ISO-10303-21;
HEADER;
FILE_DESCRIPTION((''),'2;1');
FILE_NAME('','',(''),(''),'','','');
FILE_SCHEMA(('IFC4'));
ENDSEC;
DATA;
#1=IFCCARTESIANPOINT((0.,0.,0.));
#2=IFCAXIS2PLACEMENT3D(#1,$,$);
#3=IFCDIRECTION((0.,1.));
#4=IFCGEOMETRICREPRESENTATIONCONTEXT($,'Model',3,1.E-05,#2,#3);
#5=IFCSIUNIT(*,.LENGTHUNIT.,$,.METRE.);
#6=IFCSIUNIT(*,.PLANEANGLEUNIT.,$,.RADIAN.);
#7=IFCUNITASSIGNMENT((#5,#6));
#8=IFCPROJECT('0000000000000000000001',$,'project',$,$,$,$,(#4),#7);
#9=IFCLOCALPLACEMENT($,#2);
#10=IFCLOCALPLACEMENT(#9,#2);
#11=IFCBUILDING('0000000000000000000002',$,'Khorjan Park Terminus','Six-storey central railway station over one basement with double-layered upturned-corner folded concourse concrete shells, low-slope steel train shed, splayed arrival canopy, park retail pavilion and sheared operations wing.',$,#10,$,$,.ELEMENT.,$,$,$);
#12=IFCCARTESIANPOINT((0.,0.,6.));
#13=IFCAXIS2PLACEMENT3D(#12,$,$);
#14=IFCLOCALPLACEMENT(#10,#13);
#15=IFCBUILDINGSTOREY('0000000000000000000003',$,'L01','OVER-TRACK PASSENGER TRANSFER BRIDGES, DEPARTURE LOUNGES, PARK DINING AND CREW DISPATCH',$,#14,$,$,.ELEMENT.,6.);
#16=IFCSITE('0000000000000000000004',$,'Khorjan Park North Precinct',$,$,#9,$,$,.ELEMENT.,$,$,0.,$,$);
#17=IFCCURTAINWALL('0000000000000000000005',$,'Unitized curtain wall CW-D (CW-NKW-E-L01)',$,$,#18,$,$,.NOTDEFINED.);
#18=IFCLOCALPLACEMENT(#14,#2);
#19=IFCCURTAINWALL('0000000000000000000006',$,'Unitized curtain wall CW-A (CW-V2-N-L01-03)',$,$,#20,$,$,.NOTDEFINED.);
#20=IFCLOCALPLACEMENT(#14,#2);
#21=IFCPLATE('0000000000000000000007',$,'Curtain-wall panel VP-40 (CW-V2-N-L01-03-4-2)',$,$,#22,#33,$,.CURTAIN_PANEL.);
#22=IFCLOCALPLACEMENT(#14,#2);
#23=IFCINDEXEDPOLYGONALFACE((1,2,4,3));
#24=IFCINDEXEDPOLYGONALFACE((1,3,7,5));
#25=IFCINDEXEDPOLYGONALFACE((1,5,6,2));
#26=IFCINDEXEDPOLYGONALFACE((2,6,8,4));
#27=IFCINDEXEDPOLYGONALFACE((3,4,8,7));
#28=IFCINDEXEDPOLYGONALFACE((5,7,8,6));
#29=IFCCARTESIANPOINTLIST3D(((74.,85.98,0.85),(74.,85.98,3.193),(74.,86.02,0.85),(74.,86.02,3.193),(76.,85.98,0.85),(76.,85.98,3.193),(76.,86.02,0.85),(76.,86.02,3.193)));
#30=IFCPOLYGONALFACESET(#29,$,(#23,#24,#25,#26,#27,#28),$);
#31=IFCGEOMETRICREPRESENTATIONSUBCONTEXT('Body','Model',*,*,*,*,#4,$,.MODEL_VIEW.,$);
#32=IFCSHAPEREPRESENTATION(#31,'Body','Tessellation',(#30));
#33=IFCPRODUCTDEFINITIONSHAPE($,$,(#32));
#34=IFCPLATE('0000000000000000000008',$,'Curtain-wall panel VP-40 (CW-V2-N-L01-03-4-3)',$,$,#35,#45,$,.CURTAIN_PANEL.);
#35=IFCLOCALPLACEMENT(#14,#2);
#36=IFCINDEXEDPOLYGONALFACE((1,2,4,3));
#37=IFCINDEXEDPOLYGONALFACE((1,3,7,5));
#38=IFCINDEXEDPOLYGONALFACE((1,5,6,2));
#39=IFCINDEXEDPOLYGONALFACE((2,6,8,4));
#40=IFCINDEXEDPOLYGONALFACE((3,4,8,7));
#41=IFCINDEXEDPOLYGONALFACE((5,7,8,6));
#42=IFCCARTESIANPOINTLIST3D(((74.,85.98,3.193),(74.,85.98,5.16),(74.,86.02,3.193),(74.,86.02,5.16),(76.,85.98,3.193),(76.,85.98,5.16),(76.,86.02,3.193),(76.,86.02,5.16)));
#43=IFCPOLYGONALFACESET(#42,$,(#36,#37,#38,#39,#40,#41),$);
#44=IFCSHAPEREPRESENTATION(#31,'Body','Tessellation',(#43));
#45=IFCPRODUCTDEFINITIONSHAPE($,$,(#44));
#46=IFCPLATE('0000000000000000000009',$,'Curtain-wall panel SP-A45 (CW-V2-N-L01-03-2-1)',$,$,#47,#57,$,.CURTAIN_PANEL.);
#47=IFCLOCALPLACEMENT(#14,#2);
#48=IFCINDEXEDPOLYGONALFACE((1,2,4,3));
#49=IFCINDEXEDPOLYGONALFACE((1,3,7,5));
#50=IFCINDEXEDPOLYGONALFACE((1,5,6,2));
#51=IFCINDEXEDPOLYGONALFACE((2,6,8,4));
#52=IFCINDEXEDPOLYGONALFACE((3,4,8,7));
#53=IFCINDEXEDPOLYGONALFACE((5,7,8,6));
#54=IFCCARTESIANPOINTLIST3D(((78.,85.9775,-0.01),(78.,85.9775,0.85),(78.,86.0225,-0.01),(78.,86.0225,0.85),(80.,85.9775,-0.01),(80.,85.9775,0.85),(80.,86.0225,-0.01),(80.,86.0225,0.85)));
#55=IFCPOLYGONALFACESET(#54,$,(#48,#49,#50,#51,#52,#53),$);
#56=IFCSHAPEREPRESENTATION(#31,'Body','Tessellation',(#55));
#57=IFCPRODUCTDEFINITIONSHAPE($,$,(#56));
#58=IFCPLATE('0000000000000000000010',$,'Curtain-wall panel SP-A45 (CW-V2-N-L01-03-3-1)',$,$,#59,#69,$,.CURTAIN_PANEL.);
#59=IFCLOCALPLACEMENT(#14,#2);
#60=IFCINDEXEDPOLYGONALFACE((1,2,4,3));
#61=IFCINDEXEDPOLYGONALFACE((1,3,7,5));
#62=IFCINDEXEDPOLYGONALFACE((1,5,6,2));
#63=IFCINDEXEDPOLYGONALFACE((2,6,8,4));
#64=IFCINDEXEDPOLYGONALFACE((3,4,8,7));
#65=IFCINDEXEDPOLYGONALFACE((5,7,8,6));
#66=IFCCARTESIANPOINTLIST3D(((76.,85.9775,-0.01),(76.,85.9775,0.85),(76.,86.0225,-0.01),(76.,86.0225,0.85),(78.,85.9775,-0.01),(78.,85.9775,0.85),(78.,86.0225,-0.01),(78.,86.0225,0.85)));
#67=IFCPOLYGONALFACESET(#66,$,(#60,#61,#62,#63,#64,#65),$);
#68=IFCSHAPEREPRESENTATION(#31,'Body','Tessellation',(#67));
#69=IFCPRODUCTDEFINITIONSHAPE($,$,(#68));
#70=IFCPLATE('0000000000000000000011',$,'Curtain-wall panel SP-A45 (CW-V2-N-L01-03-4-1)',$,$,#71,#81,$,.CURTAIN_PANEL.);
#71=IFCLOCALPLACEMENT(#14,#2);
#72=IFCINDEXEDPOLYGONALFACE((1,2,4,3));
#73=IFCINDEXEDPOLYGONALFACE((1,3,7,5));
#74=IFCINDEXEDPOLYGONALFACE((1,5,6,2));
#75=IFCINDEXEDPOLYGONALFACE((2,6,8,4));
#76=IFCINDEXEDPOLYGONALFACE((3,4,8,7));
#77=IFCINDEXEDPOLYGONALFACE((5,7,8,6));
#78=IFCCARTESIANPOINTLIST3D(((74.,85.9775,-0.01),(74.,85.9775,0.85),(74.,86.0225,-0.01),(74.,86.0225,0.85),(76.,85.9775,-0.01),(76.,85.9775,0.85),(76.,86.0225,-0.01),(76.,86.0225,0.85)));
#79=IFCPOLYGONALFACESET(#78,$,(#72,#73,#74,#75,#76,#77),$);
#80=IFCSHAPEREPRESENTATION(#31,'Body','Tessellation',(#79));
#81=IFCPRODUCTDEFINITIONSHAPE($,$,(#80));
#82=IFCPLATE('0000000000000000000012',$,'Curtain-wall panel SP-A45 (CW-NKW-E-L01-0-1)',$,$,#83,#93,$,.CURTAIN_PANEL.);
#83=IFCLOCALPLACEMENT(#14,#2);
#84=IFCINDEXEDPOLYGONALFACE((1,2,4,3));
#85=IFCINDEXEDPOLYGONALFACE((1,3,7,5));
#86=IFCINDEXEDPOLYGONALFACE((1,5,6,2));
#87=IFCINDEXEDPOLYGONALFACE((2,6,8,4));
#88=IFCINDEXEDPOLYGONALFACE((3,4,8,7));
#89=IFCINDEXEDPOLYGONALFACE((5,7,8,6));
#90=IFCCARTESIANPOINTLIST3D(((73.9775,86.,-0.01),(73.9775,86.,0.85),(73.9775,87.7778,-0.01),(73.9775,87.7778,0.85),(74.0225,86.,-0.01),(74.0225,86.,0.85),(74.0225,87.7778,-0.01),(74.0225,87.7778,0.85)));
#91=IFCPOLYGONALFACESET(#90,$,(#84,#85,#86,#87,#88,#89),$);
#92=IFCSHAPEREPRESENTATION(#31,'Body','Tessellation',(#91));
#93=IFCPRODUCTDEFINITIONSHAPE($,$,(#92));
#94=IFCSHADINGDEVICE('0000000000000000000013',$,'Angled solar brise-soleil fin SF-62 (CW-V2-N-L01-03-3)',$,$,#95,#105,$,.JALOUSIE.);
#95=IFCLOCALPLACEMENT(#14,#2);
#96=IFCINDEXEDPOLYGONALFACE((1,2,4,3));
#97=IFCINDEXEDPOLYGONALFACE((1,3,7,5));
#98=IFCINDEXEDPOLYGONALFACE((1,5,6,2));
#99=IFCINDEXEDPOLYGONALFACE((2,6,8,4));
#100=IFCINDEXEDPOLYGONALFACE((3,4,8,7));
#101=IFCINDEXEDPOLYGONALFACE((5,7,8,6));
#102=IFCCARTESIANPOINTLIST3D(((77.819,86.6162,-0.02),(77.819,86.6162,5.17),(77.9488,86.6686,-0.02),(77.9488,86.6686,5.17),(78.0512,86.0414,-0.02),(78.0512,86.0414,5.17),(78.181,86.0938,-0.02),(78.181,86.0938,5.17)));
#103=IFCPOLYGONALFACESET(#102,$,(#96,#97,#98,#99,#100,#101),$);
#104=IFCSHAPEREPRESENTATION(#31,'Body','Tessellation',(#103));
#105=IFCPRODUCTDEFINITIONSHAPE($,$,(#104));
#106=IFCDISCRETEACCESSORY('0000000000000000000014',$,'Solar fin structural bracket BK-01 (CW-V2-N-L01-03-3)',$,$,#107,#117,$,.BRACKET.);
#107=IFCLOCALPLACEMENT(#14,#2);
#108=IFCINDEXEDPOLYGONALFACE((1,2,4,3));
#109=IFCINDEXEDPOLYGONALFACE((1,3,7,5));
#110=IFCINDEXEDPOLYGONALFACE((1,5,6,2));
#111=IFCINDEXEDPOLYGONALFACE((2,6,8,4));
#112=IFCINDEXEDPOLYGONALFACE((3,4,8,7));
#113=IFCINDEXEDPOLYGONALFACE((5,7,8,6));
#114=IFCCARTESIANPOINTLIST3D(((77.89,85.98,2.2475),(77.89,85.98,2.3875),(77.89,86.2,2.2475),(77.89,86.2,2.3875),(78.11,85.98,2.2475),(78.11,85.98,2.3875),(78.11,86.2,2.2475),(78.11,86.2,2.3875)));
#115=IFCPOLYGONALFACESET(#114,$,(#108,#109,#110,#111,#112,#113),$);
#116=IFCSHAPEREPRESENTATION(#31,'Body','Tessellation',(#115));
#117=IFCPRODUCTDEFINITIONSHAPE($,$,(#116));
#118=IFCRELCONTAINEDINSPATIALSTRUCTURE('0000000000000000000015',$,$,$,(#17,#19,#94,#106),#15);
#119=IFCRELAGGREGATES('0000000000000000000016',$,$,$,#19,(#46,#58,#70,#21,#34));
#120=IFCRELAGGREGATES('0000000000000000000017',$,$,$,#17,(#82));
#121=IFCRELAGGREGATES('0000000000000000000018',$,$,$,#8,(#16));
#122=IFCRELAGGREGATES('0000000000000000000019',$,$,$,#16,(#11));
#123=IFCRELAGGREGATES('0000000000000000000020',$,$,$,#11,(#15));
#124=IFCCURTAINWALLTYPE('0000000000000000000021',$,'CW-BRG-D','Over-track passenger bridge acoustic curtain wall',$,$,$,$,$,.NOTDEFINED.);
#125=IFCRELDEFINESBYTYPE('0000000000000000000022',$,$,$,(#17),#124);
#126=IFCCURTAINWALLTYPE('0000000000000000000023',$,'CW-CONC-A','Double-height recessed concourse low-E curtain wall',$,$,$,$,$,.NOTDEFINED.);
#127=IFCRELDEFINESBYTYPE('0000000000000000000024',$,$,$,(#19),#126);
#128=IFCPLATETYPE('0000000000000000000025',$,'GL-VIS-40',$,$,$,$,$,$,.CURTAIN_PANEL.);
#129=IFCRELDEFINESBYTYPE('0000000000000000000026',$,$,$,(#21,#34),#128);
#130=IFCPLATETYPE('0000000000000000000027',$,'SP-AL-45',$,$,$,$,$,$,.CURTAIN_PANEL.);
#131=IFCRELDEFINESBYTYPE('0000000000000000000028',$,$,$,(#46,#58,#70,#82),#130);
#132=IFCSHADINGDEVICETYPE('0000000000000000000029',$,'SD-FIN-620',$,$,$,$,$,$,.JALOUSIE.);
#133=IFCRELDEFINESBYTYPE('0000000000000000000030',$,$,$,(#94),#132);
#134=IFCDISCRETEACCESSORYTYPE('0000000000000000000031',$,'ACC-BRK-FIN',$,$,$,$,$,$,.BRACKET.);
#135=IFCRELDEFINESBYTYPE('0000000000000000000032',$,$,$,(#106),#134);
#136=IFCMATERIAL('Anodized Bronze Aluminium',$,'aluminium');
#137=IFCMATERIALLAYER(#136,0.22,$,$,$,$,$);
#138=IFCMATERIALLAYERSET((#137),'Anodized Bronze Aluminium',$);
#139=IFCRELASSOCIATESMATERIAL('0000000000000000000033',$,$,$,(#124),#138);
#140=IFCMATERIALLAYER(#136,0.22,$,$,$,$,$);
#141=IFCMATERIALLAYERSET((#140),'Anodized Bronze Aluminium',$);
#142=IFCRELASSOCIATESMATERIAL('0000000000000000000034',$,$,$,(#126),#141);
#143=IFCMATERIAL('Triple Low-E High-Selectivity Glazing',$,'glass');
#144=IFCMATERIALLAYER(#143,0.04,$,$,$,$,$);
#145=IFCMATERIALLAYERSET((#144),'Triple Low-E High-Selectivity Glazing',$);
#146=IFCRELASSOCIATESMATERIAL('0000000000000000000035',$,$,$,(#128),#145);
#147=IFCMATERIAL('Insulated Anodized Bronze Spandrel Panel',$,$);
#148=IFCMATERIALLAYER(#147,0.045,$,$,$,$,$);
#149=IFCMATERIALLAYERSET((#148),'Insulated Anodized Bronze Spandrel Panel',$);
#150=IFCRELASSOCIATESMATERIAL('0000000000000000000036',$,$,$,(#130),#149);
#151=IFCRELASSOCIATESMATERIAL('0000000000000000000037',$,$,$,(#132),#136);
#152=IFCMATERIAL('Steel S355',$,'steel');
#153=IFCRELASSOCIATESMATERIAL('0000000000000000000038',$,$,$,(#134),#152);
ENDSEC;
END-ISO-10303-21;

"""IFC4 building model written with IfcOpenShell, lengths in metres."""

from ifc_helpers import new_model, si_unit, direction, frame, origin, origin_2d, place, context, subcontext, project, spatial, rectangle, extrude, material, layer, layer_set, type_object, element, aggregate, save


model = new_model("IFC4")

# Units and contexts
model_context = context("Model", 3, precision=1e-05, world=origin(), true_north=direction((0.0, 1.0)))
body_context = subcontext(model_context, "Body", "Model", "MODEL_VIEW")
ifc_project = project(units=[si_unit("LENGTHUNIT", "METRE"), si_unit("PLANEANGLEUNIT", "RADIAN")], contexts=[model_context])

# Site, building, storey
site_placement = place(None, origin())
site = spatial("IfcSite", under=ifc_project, at=site_placement, Name="Khorjan Park North Precinct", CompositionType="ELEMENT", RefElevation=0.0)
building_placement = place(site_placement, origin())
building = spatial("IfcBuilding", under=site, at=building_placement, Name="Khorjan Park Terminus", Description="Six-storey central railway station over one basement with double-layered upturned-corner folded concourse concrete shells, low-slope steel train shed, splayed arrival canopy, park retail pavilion and sheared operations wing.", CompositionType="ELEMENT")
storey_placement = place(building_placement, frame((0.0, 0.0, 6.0)))
storey = spatial("IfcBuildingStorey", under=building, at=storey_placement, Name="L01", Description="OVER-TRACK PASSENGER TRANSFER BRIDGES, DEPARTURE LOUNGES, PARK DINING AND CREW DISPATCH", CompositionType="ELEMENT", Elevation=6.0)

# Curtain wall
ifc_material_1 = material(Name="Anodized Bronze Aluminium", Category="aluminium")
ifc_layer_1 = layer(ifc_material_1, 0.22)
ifc_layer_set_1 = layer_set([ifc_layer_1], Name="Anodized Bronze Aluminium")
curtain_wall_type_1 = type_object("IfcCurtainWallType", Name="CW-BRG-D", Description="Over-track passenger bridge acoustic curtain wall", PredefinedType="NOTDEFINED", material=ifc_layer_set_1)
curtain_wall_1_placement = place(storey_placement, origin())
curtain_wall_1 = element("IfcCurtainWall", 1, at=curtain_wall_1_placement, inside=storey, type_object=curtain_wall_type_1, Name="Unitized curtain wall CW-D (CW-NKW-E-L01)", PredefinedType="NOTDEFINED")

# Curtain wall
ifc_layer_2 = layer(ifc_material_1, 0.22)
ifc_layer_set_2 = layer_set([ifc_layer_2], Name="Anodized Bronze Aluminium")
curtain_wall_type_2 = type_object("IfcCurtainWallType", Name="CW-CONC-A", Description="Double-height recessed concourse low-E curtain wall", PredefinedType="NOTDEFINED", material=ifc_layer_set_2)
curtain_wall_2_placement = place(storey_placement, origin())
curtain_wall_2 = element("IfcCurtainWall", 2, at=curtain_wall_2_placement, inside=storey, type_object=curtain_wall_type_2, Name="Unitized curtain wall CW-A (CW-V2-N-L01-03)", PredefinedType="NOTDEFINED")

# Plates
ifc_material_2 = material(Name="Triple Low-E High-Selectivity Glazing", Category="glass")
ifc_layer_3 = layer(ifc_material_2, 0.04)
ifc_layer_set_3 = layer_set([ifc_layer_3], Name="Triple Low-E High-Selectivity Glazing")
plate_type_1 = type_object("IfcPlateType", Name="GL-VIS-40", PredefinedType="CURTAIN_PANEL", material=ifc_layer_set_3)
plate_1_placement = place(storey_placement, frame((75.0, 86.0, 0.85), z_axis=(0.0, 0.0, 1.0), x_axis=(-1.0, 0.0, 0.0)))
plate_1 = element("IfcPlate", 3, at=plate_1_placement, type_object=plate_type_1, Name="Curtain-wall panel VP-40 (CW-V2-N-L01-03-4-2)", PredefinedType="CURTAIN_PANEL", context=body_context, shape_type="SweptSolid", body=[
    extrude(rectangle(XDim=2.0, YDim=0.04, at=origin_2d()), origin(), (0.0, 0.0, 1.0), 2.343),
])
plate_2_placement = place(storey_placement, frame((75.0, 86.0, 3.193), z_axis=(0.0, 0.0, 1.0), x_axis=(-1.0, 0.0, 0.0)))
plate_2 = element("IfcPlate", 4, at=plate_2_placement, type_object=plate_type_1, Name="Curtain-wall panel VP-40 (CW-V2-N-L01-03-4-3)", PredefinedType="CURTAIN_PANEL", context=body_context, shape_type="SweptSolid", body=[
    extrude(rectangle(XDim=2.0, YDim=0.04, at=origin_2d()), origin(), (0.0, 0.0, 1.0), 1.967),
])
ifc_material_3 = material(Name="Insulated Anodized Bronze Spandrel Panel")
ifc_layer_4 = layer(ifc_material_3, 0.045)
ifc_layer_set_4 = layer_set([ifc_layer_4], Name="Insulated Anodized Bronze Spandrel Panel")
plate_type_2 = type_object("IfcPlateType", Name="SP-AL-45", PredefinedType="CURTAIN_PANEL", material=ifc_layer_set_4)
plate_3_placement = place(storey_placement, frame((79.0, 86.0, -0.01), z_axis=(0.0, 0.0, 1.0), x_axis=(-1.0, 0.0, 0.0)))
plate_3 = element("IfcPlate", 5, at=plate_3_placement, type_object=plate_type_2, Name="Curtain-wall panel SP-A45 (CW-V2-N-L01-03-2-1)", PredefinedType="CURTAIN_PANEL", context=body_context, shape_type="SweptSolid", body=[
    extrude(rectangle(XDim=2.0, YDim=0.045, at=origin_2d()), origin(), (0.0, 0.0, 1.0), 0.86),
])
plate_4_placement = place(storey_placement, frame((77.0, 86.0, -0.01), z_axis=(0.0, 0.0, 1.0), x_axis=(-1.0, 0.0, 0.0)))
plate_4 = element("IfcPlate", 6, at=plate_4_placement, type_object=plate_type_2, Name="Curtain-wall panel SP-A45 (CW-V2-N-L01-03-3-1)", PredefinedType="CURTAIN_PANEL", context=body_context, shape_type="SweptSolid", body=[
    extrude(rectangle(XDim=2.0, YDim=0.045, at=origin_2d()), origin(), (0.0, 0.0, 1.0), 0.86),
])
plate_5_placement = place(storey_placement, frame((75.0, 86.0, -0.01), z_axis=(0.0, 0.0, 1.0), x_axis=(-1.0, 0.0, 0.0)))
plate_5 = element("IfcPlate", 7, at=plate_5_placement, type_object=plate_type_2, Name="Curtain-wall panel SP-A45 (CW-V2-N-L01-03-4-1)", PredefinedType="CURTAIN_PANEL", context=body_context, shape_type="SweptSolid", body=[
    extrude(rectangle(XDim=2.0, YDim=0.045, at=origin_2d()), origin(), (0.0, 0.0, 1.0), 0.86),
])
aggregate(curtain_wall_2, [plate_3, plate_4, plate_5, plate_1, plate_2])
plate_6_placement = place(storey_placement, frame((74.0, 86.8889, -0.01), z_axis=(0.0, 0.0, 1.0), x_axis=(0.0, 1.0, 0.0)))
plate_6 = element("IfcPlate", 8, at=plate_6_placement, type_object=plate_type_2, Name="Curtain-wall panel SP-A45 (CW-NKW-E-L01-0-1)", PredefinedType="CURTAIN_PANEL", context=body_context, shape_type="SweptSolid", body=[
    extrude(rectangle(XDim=1.7778, YDim=0.045, at=origin_2d()), origin(), (0.0, 0.0, 1.0), 0.86),
])
aggregate(curtain_wall_1, [plate_6])

# Shading device
shading_device_type = type_object("IfcShadingDeviceType", Name="SD-FIN-620", PredefinedType="JALOUSIE", material=ifc_material_1)
shading_device_placement = place(storey_placement, frame((78.0, 86.355, -0.02), z_axis=(0.0, 0.0, 1.0), x_axis=(0.374607, -0.927184, 0.0)))
element("IfcShadingDevice", 9, at=shading_device_placement, inside=storey, type_object=shading_device_type, Name="Angled solar brise-soleil fin SF-62 (CW-V2-N-L01-03-3)", PredefinedType="JALOUSIE", context=body_context, shape_type="SweptSolid", body=[
    extrude(rectangle(XDim=0.62, YDim=0.14, at=origin_2d()), origin(), (0.0, 0.0, 1.0), 5.19),
])

# Discrete accessory
ifc_material_4 = material(Name="Steel S355", Category="steel")
discrete_accessory_type = type_object("IfcDiscreteAccessoryType", Name="ACC-BRK-FIN", PredefinedType="BRACKET", material=ifc_material_4)
discrete_accessory_placement = place(storey_placement, frame((78.0, 86.09, 2.2475), z_axis=(0.0, 0.0, 1.0), x_axis=(-1.0, 0.0, 0.0)))
element("IfcDiscreteAccessory", 10, at=discrete_accessory_placement, inside=storey, type_object=discrete_accessory_type, Name="Solar fin structural bracket BK-01 (CW-V2-N-L01-03-3)", PredefinedType="BRACKET", context=body_context, shape_type="SweptSolid", body=[
    extrude(rectangle(XDim=0.22, YDim=0.22, at=origin_2d()), origin(), (0.0, 0.0, 1.0), 0.14),
])

save(model, "model.ifc")
